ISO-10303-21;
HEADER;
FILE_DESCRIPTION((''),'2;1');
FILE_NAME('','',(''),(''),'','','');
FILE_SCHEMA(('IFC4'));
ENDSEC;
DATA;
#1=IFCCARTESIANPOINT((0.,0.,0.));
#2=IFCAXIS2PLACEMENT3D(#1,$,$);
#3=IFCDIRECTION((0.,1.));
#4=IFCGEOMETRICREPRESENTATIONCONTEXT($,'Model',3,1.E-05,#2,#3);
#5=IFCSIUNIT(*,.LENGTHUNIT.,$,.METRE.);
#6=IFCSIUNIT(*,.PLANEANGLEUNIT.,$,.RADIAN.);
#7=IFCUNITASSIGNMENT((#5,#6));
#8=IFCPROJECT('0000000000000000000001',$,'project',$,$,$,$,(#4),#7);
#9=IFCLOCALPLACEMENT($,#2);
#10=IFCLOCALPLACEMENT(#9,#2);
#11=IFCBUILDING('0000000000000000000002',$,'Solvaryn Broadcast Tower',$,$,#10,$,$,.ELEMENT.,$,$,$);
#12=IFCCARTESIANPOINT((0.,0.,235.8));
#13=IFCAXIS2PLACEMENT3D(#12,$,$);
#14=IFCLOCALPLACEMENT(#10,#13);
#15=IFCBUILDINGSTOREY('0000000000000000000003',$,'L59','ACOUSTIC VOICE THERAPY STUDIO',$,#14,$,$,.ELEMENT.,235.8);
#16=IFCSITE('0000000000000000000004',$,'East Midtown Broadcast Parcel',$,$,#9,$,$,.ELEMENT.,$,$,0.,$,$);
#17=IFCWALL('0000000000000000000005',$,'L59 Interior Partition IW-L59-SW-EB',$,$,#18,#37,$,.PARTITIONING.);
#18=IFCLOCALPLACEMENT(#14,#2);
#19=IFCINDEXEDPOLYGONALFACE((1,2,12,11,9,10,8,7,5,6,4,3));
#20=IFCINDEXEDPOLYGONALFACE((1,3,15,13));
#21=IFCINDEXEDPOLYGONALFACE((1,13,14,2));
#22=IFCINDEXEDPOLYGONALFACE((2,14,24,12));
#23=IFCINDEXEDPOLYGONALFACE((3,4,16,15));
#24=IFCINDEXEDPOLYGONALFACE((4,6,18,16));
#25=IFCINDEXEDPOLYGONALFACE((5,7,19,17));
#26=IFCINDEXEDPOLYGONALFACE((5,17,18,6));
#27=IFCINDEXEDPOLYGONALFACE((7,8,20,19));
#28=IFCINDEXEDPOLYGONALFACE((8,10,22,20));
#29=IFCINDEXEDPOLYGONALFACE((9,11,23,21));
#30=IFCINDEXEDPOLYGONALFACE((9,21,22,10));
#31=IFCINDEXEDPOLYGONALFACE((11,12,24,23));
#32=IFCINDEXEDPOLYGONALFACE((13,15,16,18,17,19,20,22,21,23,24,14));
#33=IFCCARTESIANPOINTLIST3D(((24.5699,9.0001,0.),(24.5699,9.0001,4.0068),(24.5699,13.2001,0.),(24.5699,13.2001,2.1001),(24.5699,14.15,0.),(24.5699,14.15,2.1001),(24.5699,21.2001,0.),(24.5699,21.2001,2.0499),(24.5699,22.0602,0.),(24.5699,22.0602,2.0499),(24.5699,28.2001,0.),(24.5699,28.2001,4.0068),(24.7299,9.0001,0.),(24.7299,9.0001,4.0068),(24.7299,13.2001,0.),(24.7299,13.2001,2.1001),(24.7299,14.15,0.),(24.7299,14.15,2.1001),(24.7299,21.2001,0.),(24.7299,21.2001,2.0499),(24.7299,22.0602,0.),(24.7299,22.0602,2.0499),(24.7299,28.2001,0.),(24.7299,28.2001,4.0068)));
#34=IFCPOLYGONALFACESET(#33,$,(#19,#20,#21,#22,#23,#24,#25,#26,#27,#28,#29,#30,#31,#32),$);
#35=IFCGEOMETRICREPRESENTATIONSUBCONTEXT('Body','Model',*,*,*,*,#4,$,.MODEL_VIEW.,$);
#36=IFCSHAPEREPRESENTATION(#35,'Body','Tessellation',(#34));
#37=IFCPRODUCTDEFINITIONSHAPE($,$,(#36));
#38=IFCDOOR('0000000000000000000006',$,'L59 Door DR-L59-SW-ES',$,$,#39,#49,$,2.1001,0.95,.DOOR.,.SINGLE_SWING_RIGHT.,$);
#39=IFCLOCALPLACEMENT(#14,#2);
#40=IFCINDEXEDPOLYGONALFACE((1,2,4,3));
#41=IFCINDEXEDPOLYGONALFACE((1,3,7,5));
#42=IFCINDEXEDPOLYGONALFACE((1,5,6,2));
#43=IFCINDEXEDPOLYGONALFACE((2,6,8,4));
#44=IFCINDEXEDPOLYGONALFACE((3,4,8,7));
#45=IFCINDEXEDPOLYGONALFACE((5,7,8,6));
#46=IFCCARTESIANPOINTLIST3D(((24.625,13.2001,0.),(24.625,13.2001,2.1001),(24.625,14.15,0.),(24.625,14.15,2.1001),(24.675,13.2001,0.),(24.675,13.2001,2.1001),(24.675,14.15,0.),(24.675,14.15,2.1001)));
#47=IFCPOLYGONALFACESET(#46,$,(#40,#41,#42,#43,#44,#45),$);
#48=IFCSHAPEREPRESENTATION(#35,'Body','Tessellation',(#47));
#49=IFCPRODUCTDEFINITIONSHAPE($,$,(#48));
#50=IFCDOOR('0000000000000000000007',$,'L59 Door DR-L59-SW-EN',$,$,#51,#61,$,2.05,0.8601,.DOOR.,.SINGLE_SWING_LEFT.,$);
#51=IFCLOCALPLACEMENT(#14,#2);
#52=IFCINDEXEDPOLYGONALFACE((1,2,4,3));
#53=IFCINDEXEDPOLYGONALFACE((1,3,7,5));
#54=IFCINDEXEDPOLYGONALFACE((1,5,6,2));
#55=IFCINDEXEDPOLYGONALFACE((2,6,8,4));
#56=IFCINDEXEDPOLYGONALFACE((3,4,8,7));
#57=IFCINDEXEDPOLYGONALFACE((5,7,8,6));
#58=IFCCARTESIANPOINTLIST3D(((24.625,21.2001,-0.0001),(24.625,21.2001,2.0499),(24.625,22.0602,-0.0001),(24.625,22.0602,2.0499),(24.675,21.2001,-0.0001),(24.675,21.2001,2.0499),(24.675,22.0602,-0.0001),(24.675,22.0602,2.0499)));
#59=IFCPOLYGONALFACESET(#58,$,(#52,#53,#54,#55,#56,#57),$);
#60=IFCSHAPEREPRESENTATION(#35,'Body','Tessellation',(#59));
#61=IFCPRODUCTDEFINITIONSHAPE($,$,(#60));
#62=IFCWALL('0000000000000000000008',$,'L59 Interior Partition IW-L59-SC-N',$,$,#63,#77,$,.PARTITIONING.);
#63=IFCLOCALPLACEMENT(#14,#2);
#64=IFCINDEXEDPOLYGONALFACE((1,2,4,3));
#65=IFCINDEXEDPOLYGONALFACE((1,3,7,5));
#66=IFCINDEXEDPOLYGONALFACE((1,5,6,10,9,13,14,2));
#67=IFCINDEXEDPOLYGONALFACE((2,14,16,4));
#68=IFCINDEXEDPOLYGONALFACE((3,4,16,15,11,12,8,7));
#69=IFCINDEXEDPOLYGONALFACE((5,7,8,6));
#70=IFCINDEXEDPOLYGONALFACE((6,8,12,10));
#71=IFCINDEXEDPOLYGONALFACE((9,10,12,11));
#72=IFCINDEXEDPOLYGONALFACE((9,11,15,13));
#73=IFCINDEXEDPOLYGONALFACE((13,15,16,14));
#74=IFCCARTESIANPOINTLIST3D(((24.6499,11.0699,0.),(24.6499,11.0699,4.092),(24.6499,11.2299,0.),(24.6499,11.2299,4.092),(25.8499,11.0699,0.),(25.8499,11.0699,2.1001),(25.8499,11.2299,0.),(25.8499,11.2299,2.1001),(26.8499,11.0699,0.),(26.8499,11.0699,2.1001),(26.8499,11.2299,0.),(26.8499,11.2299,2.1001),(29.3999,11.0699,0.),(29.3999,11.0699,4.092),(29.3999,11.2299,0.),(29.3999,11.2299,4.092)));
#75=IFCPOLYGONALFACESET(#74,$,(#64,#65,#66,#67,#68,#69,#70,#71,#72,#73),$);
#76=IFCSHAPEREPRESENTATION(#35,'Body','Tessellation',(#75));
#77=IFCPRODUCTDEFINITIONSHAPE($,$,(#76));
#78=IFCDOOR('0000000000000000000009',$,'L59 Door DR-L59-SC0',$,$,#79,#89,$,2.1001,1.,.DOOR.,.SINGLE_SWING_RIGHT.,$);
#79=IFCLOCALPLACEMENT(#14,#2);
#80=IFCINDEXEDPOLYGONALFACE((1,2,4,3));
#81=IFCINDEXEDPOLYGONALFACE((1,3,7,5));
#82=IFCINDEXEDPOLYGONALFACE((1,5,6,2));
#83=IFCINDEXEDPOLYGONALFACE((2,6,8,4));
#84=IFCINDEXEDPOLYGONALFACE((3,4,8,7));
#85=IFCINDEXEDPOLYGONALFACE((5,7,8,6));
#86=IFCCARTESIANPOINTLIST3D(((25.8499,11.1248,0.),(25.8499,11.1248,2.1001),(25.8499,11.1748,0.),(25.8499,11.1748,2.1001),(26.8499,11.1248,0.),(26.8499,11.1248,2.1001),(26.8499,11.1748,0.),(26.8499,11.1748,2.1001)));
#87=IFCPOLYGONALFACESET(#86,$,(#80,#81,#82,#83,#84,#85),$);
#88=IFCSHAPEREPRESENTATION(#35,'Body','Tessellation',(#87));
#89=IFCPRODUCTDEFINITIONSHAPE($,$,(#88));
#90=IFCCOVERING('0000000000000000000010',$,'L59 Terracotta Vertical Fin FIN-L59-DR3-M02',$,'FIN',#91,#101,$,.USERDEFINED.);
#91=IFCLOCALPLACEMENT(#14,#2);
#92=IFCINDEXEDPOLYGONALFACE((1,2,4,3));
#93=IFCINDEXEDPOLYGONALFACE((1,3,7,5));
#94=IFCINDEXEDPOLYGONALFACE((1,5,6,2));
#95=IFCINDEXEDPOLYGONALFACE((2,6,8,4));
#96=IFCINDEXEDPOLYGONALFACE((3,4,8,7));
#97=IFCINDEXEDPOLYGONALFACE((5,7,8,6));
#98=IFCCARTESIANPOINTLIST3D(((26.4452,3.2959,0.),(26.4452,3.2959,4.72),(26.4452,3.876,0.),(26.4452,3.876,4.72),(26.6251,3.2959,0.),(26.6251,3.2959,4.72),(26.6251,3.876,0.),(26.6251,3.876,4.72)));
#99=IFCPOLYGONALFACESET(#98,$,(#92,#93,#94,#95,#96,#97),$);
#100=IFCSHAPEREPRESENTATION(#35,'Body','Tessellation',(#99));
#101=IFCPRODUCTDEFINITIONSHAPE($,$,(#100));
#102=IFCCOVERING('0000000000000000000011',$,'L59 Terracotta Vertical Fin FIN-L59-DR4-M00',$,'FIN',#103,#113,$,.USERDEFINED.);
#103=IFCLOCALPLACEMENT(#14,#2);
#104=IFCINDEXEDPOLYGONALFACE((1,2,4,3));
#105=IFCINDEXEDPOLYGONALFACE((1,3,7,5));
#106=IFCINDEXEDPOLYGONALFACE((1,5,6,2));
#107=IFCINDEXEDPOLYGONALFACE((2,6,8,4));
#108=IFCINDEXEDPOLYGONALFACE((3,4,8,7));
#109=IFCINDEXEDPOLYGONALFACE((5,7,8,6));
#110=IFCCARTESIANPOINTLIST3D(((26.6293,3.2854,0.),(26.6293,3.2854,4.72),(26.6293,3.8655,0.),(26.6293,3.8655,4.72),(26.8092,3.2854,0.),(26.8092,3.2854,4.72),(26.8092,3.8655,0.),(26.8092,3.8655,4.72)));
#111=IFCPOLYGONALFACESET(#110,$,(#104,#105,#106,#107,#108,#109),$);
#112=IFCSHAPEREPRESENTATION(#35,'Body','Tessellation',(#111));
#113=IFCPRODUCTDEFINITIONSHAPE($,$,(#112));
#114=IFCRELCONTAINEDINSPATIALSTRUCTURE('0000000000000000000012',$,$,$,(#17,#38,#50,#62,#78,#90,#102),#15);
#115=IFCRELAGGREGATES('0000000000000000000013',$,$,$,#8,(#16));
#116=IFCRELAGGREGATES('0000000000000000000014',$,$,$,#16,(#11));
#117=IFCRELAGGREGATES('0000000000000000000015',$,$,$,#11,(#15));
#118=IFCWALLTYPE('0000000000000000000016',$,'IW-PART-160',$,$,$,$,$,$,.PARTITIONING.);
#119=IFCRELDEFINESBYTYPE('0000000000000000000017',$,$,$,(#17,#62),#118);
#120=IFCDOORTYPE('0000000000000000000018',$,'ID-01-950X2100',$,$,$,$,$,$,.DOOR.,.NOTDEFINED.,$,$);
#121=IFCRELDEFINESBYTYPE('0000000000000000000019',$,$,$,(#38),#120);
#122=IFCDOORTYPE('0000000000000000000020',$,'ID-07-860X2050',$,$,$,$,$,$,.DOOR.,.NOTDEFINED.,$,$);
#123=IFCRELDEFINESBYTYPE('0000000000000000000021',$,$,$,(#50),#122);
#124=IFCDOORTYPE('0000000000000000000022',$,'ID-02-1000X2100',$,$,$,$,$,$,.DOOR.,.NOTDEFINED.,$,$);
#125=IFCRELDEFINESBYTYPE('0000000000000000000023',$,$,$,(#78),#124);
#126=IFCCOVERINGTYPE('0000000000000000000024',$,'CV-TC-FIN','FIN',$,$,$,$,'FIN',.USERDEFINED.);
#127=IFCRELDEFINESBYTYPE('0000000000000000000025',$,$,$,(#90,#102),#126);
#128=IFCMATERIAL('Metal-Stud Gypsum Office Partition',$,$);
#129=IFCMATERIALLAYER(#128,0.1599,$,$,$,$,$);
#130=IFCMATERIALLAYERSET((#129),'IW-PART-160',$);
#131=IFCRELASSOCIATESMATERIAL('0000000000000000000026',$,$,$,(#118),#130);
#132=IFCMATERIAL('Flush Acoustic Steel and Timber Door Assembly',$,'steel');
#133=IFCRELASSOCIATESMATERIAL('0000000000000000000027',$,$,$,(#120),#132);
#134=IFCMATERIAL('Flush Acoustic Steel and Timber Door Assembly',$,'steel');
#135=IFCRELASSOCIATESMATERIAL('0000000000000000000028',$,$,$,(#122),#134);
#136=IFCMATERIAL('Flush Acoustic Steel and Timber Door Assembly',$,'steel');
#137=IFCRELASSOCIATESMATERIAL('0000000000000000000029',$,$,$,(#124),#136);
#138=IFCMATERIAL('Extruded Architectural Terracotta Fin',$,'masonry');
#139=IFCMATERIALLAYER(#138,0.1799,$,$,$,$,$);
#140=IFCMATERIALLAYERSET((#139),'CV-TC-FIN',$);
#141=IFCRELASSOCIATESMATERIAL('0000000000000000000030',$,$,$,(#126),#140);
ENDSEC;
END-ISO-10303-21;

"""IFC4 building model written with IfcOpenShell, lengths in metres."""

from ifc_helpers import new_model, si_unit, direction, frame, frame_2d, origin, origin_2d, place, context, subcontext, project, spatial, rectangle, extrude, material, layer, layer_set, type_object, element, fill, save


model = new_model("IFC4")

# Units and contexts
model_context = context("Model", 3, precision=1e-05, world=origin(), true_north=direction((0.0, 1.0)))
body_context = subcontext(model_context, "Body", "Model", "MODEL_VIEW")
ifc_project = project(units=[si_unit("LENGTHUNIT", "METRE"), si_unit("PLANEANGLEUNIT", "RADIAN")], contexts=[model_context])

# Site, building, storey
site_placement = place(None, origin())
site = spatial("IfcSite", under=ifc_project, at=site_placement, Name="East Midtown Broadcast Parcel", CompositionType="ELEMENT", RefElevation=0.0)
building_placement = place(site_placement, origin())
building = spatial("IfcBuilding", under=site, at=building_placement, Name="Solvaryn Broadcast Tower", CompositionType="ELEMENT")
storey_placement = place(building_placement, frame((0.0, 0.0, 235.8)))
storey = spatial("IfcBuildingStorey", under=building, at=storey_placement, Name="L59", Description="ACOUSTIC VOICE THERAPY STUDIO", CompositionType="ELEMENT", Elevation=235.8)

# Wall, openings, doors
ifc_material_1 = material(Name="Metal-Stud Gypsum Office Partition")
ifc_layer_1 = layer(ifc_material_1, 0.1599)
ifc_layer_set_1 = layer_set([ifc_layer_1], Name="IW-PART-160")
wall_type_1 = type_object("IfcWallType", Name="IW-PART-160", PredefinedType="PARTITIONING", material=ifc_layer_set_1)
wall_1_placement = place(storey_placement, frame((24.6499, 9.0, 0.0), z_axis=(0.0, 0.0, 1.0), x_axis=(0.0, 1.0, 0.0)))
wall_1 = element("IfcWall", 1, at=wall_1_placement, inside=storey, type_object=wall_type_1, Name="L59 Interior Partition IW-L59-SW-EB", PredefinedType="PARTITIONING", context=body_context, shape_type="SweptSolid", body=[
    extrude(rectangle(XDim=19.2, YDim=0.1599, at=frame_2d((9.6001, 0.0))), origin(), (0.0, 0.0, 1.0), 4.0068),
])
opening_1_placement = place(wall_1_placement, frame((12.2, 0.0, 0.0)))
opening_1 = element("IfcOpeningElement", 2, at=opening_1_placement, cuts=wall_1, PredefinedType="OPENING", context=body_context, shape_type="SweptSolid", body=[
    extrude(rectangle(XDim=0.8601, YDim=2.05, at=frame_2d((0.4302, 1.0249))), frame((0.0, 0.0901, 0.0), z_axis=(0.0, -1.0, 0.0), x_axis=(1.0, 0.0, 0.0)), (0.0, 0.0, 1.0), 0.1799),
])
opening_2_placement = place(wall_1_placement, frame((4.2, 0.0, 0.0)))
opening_2 = element("IfcOpeningElement", 3, at=opening_2_placement, cuts=wall_1, PredefinedType="OPENING", context=body_context, shape_type="SweptSolid", body=[
    extrude(rectangle(XDim=0.95, YDim=2.1001, at=frame_2d((0.4751, 1.05))), frame((0.0, 0.0901, 0.0), z_axis=(0.0, -1.0, 0.0), x_axis=(1.0, 0.0, 0.0)), (0.0, 0.0, 1.0), 0.1799),
])
ifc_material_2 = material(Name="Flush Acoustic Steel and Timber Door Assembly", Category="steel")
door_type_1 = type_object("IfcDoorType", Name="ID-01-950X2100", OperationType="NOTDEFINED", PredefinedType="DOOR", material=ifc_material_2)
door_1_placement = place(opening_2_placement, origin())
door_1 = element("IfcDoor", 4, at=door_1_placement, inside=storey, type_object=door_type_1, Name="L59 Door DR-L59-SW-ES", OperationType="SINGLE_SWING_RIGHT", OverallHeight=2.1001, OverallWidth=0.95, PredefinedType="DOOR", context=body_context, shape_type="SweptSolid", body=[
    extrude(rectangle(XDim=0.95, YDim=2.1001, at=frame_2d((0.4751, 1.05))), frame((0.0, 0.0249, 0.0), z_axis=(0.0, -1.0, 0.0), x_axis=(1.0, 0.0, 0.0)), (0.0, 0.0, 1.0), 0.05),
])
fill(opening_2, door_1)
ifc_material_3 = material(Name="Flush Acoustic Steel and Timber Door Assembly", Category="steel")
door_type_2 = type_object("IfcDoorType", Name="ID-07-860X2050", OperationType="NOTDEFINED", PredefinedType="DOOR", material=ifc_material_3)
door_2_placement = place(opening_1_placement, origin())
door_2 = element("IfcDoor", 5, at=door_2_placement, inside=storey, type_object=door_type_2, Name="L59 Door DR-L59-SW-EN", OperationType="SINGLE_SWING_LEFT", OverallHeight=2.05, OverallWidth=0.8601, PredefinedType="DOOR", context=body_context, shape_type="SweptSolid", body=[
    extrude(rectangle(XDim=0.8601, YDim=2.05, at=frame_2d((0.4302, 1.0249))), frame((0.0, 0.0249, 0.0), z_axis=(0.0, -1.0, 0.0), x_axis=(1.0, 0.0, 0.0)), (0.0, 0.0, 1.0), 0.05),
])
fill(opening_1, door_2)

# Wall, opening, door
wall_2_placement = place(storey_placement, frame((24.6499, 11.1499, 0.0), z_axis=(0.0, 0.0, 1.0), x_axis=(1.0, 0.0, 0.0)))
wall_2 = element("IfcWall", 6, at=wall_2_placement, inside=storey, type_object=wall_type_1, Name="L59 Interior Partition IW-L59-SC-N", PredefinedType="PARTITIONING", context=body_context, shape_type="SweptSolid", body=[
    extrude(rectangle(XDim=4.75, YDim=0.1599, at=frame_2d((2.375, 0.0))), origin(), (0.0, 0.0, 1.0), 4.092),
])
opening_3_placement = place(wall_2_placement, frame((1.2, 0.0, 0.0)))
opening_3 = element("IfcOpeningElement", 7, at=opening_3_placement, cuts=wall_2, PredefinedType="OPENING", context=body_context, shape_type="SweptSolid", body=[
    extrude(rectangle(XDim=1.0, YDim=2.1001, at=frame_2d((0.5, 1.05))), frame((0.0, 0.0901, 0.0), z_axis=(0.0, -1.0, 0.0), x_axis=(1.0, 0.0, 0.0)), (0.0, 0.0, 1.0), 0.1799),
])
ifc_material_4 = material(Name="Flush Acoustic Steel and Timber Door Assembly", Category="steel")
door_type_3 = type_object("IfcDoorType", Name="ID-02-1000X2100", OperationType="NOTDEFINED", PredefinedType="DOOR", material=ifc_material_4)
door_3_placement = place(opening_3_placement, origin())
door_3 = element("IfcDoor", 8, at=door_3_placement, inside=storey, type_object=door_type_3, Name="L59 Door DR-L59-SC0", OperationType="SINGLE_SWING_RIGHT", OverallHeight=2.1001, OverallWidth=1.0, PredefinedType="DOOR", context=body_context, shape_type="SweptSolid", body=[
    extrude(rectangle(XDim=1.0, YDim=2.1001, at=frame_2d((0.5, 1.05))), frame((0.0, 0.0249, 0.0), z_axis=(0.0, -1.0, 0.0), x_axis=(1.0, 0.0, 0.0)), (0.0, 0.0, 1.0), 0.05),
])
fill(opening_3, door_3)

# Coverings
ifc_material_5 = material(Name="Extruded Architectural Terracotta Fin", Category="masonry")
ifc_layer_2 = layer(ifc_material_5, 0.1799)
ifc_layer_set_2 = layer_set([ifc_layer_2], Name="CV-TC-FIN")
covering_type = type_object("IfcCoveringType", Name="CV-TC-FIN", Description="FIN", ElementType="FIN", PredefinedType="USERDEFINED", material=ifc_layer_set_2)
for number, where, z_axis, x_axis, name in (
    (9, (26.5352, 3.5859, 0.0), (0.0, 0.0, 1.0), (1.0, 0.0, 0.0), "L59 Terracotta Vertical Fin FIN-L59-DR3-M02"),
    (10, (26.7192, 3.5754, 0.0), (0.0, 0.0, 1.0), (1.0, 0.0, 0.0), "L59 Terracotta Vertical Fin FIN-L59-DR4-M00"),
):
    element("IfcCovering", number, at=place(storey_placement, frame(where, z_axis=z_axis, x_axis=x_axis)), inside=storey, type_object=covering_type, Name=name, ObjectType="FIN", PredefinedType="USERDEFINED", context=body_context, shape_type="SweptSolid", body=[
        extrude(rectangle(XDim=0.1799, YDim=0.5801, at=origin_2d()), origin(), (0.0, 0.0, 1.0), 4.72),
    ])

save(model, "model.ifc")
